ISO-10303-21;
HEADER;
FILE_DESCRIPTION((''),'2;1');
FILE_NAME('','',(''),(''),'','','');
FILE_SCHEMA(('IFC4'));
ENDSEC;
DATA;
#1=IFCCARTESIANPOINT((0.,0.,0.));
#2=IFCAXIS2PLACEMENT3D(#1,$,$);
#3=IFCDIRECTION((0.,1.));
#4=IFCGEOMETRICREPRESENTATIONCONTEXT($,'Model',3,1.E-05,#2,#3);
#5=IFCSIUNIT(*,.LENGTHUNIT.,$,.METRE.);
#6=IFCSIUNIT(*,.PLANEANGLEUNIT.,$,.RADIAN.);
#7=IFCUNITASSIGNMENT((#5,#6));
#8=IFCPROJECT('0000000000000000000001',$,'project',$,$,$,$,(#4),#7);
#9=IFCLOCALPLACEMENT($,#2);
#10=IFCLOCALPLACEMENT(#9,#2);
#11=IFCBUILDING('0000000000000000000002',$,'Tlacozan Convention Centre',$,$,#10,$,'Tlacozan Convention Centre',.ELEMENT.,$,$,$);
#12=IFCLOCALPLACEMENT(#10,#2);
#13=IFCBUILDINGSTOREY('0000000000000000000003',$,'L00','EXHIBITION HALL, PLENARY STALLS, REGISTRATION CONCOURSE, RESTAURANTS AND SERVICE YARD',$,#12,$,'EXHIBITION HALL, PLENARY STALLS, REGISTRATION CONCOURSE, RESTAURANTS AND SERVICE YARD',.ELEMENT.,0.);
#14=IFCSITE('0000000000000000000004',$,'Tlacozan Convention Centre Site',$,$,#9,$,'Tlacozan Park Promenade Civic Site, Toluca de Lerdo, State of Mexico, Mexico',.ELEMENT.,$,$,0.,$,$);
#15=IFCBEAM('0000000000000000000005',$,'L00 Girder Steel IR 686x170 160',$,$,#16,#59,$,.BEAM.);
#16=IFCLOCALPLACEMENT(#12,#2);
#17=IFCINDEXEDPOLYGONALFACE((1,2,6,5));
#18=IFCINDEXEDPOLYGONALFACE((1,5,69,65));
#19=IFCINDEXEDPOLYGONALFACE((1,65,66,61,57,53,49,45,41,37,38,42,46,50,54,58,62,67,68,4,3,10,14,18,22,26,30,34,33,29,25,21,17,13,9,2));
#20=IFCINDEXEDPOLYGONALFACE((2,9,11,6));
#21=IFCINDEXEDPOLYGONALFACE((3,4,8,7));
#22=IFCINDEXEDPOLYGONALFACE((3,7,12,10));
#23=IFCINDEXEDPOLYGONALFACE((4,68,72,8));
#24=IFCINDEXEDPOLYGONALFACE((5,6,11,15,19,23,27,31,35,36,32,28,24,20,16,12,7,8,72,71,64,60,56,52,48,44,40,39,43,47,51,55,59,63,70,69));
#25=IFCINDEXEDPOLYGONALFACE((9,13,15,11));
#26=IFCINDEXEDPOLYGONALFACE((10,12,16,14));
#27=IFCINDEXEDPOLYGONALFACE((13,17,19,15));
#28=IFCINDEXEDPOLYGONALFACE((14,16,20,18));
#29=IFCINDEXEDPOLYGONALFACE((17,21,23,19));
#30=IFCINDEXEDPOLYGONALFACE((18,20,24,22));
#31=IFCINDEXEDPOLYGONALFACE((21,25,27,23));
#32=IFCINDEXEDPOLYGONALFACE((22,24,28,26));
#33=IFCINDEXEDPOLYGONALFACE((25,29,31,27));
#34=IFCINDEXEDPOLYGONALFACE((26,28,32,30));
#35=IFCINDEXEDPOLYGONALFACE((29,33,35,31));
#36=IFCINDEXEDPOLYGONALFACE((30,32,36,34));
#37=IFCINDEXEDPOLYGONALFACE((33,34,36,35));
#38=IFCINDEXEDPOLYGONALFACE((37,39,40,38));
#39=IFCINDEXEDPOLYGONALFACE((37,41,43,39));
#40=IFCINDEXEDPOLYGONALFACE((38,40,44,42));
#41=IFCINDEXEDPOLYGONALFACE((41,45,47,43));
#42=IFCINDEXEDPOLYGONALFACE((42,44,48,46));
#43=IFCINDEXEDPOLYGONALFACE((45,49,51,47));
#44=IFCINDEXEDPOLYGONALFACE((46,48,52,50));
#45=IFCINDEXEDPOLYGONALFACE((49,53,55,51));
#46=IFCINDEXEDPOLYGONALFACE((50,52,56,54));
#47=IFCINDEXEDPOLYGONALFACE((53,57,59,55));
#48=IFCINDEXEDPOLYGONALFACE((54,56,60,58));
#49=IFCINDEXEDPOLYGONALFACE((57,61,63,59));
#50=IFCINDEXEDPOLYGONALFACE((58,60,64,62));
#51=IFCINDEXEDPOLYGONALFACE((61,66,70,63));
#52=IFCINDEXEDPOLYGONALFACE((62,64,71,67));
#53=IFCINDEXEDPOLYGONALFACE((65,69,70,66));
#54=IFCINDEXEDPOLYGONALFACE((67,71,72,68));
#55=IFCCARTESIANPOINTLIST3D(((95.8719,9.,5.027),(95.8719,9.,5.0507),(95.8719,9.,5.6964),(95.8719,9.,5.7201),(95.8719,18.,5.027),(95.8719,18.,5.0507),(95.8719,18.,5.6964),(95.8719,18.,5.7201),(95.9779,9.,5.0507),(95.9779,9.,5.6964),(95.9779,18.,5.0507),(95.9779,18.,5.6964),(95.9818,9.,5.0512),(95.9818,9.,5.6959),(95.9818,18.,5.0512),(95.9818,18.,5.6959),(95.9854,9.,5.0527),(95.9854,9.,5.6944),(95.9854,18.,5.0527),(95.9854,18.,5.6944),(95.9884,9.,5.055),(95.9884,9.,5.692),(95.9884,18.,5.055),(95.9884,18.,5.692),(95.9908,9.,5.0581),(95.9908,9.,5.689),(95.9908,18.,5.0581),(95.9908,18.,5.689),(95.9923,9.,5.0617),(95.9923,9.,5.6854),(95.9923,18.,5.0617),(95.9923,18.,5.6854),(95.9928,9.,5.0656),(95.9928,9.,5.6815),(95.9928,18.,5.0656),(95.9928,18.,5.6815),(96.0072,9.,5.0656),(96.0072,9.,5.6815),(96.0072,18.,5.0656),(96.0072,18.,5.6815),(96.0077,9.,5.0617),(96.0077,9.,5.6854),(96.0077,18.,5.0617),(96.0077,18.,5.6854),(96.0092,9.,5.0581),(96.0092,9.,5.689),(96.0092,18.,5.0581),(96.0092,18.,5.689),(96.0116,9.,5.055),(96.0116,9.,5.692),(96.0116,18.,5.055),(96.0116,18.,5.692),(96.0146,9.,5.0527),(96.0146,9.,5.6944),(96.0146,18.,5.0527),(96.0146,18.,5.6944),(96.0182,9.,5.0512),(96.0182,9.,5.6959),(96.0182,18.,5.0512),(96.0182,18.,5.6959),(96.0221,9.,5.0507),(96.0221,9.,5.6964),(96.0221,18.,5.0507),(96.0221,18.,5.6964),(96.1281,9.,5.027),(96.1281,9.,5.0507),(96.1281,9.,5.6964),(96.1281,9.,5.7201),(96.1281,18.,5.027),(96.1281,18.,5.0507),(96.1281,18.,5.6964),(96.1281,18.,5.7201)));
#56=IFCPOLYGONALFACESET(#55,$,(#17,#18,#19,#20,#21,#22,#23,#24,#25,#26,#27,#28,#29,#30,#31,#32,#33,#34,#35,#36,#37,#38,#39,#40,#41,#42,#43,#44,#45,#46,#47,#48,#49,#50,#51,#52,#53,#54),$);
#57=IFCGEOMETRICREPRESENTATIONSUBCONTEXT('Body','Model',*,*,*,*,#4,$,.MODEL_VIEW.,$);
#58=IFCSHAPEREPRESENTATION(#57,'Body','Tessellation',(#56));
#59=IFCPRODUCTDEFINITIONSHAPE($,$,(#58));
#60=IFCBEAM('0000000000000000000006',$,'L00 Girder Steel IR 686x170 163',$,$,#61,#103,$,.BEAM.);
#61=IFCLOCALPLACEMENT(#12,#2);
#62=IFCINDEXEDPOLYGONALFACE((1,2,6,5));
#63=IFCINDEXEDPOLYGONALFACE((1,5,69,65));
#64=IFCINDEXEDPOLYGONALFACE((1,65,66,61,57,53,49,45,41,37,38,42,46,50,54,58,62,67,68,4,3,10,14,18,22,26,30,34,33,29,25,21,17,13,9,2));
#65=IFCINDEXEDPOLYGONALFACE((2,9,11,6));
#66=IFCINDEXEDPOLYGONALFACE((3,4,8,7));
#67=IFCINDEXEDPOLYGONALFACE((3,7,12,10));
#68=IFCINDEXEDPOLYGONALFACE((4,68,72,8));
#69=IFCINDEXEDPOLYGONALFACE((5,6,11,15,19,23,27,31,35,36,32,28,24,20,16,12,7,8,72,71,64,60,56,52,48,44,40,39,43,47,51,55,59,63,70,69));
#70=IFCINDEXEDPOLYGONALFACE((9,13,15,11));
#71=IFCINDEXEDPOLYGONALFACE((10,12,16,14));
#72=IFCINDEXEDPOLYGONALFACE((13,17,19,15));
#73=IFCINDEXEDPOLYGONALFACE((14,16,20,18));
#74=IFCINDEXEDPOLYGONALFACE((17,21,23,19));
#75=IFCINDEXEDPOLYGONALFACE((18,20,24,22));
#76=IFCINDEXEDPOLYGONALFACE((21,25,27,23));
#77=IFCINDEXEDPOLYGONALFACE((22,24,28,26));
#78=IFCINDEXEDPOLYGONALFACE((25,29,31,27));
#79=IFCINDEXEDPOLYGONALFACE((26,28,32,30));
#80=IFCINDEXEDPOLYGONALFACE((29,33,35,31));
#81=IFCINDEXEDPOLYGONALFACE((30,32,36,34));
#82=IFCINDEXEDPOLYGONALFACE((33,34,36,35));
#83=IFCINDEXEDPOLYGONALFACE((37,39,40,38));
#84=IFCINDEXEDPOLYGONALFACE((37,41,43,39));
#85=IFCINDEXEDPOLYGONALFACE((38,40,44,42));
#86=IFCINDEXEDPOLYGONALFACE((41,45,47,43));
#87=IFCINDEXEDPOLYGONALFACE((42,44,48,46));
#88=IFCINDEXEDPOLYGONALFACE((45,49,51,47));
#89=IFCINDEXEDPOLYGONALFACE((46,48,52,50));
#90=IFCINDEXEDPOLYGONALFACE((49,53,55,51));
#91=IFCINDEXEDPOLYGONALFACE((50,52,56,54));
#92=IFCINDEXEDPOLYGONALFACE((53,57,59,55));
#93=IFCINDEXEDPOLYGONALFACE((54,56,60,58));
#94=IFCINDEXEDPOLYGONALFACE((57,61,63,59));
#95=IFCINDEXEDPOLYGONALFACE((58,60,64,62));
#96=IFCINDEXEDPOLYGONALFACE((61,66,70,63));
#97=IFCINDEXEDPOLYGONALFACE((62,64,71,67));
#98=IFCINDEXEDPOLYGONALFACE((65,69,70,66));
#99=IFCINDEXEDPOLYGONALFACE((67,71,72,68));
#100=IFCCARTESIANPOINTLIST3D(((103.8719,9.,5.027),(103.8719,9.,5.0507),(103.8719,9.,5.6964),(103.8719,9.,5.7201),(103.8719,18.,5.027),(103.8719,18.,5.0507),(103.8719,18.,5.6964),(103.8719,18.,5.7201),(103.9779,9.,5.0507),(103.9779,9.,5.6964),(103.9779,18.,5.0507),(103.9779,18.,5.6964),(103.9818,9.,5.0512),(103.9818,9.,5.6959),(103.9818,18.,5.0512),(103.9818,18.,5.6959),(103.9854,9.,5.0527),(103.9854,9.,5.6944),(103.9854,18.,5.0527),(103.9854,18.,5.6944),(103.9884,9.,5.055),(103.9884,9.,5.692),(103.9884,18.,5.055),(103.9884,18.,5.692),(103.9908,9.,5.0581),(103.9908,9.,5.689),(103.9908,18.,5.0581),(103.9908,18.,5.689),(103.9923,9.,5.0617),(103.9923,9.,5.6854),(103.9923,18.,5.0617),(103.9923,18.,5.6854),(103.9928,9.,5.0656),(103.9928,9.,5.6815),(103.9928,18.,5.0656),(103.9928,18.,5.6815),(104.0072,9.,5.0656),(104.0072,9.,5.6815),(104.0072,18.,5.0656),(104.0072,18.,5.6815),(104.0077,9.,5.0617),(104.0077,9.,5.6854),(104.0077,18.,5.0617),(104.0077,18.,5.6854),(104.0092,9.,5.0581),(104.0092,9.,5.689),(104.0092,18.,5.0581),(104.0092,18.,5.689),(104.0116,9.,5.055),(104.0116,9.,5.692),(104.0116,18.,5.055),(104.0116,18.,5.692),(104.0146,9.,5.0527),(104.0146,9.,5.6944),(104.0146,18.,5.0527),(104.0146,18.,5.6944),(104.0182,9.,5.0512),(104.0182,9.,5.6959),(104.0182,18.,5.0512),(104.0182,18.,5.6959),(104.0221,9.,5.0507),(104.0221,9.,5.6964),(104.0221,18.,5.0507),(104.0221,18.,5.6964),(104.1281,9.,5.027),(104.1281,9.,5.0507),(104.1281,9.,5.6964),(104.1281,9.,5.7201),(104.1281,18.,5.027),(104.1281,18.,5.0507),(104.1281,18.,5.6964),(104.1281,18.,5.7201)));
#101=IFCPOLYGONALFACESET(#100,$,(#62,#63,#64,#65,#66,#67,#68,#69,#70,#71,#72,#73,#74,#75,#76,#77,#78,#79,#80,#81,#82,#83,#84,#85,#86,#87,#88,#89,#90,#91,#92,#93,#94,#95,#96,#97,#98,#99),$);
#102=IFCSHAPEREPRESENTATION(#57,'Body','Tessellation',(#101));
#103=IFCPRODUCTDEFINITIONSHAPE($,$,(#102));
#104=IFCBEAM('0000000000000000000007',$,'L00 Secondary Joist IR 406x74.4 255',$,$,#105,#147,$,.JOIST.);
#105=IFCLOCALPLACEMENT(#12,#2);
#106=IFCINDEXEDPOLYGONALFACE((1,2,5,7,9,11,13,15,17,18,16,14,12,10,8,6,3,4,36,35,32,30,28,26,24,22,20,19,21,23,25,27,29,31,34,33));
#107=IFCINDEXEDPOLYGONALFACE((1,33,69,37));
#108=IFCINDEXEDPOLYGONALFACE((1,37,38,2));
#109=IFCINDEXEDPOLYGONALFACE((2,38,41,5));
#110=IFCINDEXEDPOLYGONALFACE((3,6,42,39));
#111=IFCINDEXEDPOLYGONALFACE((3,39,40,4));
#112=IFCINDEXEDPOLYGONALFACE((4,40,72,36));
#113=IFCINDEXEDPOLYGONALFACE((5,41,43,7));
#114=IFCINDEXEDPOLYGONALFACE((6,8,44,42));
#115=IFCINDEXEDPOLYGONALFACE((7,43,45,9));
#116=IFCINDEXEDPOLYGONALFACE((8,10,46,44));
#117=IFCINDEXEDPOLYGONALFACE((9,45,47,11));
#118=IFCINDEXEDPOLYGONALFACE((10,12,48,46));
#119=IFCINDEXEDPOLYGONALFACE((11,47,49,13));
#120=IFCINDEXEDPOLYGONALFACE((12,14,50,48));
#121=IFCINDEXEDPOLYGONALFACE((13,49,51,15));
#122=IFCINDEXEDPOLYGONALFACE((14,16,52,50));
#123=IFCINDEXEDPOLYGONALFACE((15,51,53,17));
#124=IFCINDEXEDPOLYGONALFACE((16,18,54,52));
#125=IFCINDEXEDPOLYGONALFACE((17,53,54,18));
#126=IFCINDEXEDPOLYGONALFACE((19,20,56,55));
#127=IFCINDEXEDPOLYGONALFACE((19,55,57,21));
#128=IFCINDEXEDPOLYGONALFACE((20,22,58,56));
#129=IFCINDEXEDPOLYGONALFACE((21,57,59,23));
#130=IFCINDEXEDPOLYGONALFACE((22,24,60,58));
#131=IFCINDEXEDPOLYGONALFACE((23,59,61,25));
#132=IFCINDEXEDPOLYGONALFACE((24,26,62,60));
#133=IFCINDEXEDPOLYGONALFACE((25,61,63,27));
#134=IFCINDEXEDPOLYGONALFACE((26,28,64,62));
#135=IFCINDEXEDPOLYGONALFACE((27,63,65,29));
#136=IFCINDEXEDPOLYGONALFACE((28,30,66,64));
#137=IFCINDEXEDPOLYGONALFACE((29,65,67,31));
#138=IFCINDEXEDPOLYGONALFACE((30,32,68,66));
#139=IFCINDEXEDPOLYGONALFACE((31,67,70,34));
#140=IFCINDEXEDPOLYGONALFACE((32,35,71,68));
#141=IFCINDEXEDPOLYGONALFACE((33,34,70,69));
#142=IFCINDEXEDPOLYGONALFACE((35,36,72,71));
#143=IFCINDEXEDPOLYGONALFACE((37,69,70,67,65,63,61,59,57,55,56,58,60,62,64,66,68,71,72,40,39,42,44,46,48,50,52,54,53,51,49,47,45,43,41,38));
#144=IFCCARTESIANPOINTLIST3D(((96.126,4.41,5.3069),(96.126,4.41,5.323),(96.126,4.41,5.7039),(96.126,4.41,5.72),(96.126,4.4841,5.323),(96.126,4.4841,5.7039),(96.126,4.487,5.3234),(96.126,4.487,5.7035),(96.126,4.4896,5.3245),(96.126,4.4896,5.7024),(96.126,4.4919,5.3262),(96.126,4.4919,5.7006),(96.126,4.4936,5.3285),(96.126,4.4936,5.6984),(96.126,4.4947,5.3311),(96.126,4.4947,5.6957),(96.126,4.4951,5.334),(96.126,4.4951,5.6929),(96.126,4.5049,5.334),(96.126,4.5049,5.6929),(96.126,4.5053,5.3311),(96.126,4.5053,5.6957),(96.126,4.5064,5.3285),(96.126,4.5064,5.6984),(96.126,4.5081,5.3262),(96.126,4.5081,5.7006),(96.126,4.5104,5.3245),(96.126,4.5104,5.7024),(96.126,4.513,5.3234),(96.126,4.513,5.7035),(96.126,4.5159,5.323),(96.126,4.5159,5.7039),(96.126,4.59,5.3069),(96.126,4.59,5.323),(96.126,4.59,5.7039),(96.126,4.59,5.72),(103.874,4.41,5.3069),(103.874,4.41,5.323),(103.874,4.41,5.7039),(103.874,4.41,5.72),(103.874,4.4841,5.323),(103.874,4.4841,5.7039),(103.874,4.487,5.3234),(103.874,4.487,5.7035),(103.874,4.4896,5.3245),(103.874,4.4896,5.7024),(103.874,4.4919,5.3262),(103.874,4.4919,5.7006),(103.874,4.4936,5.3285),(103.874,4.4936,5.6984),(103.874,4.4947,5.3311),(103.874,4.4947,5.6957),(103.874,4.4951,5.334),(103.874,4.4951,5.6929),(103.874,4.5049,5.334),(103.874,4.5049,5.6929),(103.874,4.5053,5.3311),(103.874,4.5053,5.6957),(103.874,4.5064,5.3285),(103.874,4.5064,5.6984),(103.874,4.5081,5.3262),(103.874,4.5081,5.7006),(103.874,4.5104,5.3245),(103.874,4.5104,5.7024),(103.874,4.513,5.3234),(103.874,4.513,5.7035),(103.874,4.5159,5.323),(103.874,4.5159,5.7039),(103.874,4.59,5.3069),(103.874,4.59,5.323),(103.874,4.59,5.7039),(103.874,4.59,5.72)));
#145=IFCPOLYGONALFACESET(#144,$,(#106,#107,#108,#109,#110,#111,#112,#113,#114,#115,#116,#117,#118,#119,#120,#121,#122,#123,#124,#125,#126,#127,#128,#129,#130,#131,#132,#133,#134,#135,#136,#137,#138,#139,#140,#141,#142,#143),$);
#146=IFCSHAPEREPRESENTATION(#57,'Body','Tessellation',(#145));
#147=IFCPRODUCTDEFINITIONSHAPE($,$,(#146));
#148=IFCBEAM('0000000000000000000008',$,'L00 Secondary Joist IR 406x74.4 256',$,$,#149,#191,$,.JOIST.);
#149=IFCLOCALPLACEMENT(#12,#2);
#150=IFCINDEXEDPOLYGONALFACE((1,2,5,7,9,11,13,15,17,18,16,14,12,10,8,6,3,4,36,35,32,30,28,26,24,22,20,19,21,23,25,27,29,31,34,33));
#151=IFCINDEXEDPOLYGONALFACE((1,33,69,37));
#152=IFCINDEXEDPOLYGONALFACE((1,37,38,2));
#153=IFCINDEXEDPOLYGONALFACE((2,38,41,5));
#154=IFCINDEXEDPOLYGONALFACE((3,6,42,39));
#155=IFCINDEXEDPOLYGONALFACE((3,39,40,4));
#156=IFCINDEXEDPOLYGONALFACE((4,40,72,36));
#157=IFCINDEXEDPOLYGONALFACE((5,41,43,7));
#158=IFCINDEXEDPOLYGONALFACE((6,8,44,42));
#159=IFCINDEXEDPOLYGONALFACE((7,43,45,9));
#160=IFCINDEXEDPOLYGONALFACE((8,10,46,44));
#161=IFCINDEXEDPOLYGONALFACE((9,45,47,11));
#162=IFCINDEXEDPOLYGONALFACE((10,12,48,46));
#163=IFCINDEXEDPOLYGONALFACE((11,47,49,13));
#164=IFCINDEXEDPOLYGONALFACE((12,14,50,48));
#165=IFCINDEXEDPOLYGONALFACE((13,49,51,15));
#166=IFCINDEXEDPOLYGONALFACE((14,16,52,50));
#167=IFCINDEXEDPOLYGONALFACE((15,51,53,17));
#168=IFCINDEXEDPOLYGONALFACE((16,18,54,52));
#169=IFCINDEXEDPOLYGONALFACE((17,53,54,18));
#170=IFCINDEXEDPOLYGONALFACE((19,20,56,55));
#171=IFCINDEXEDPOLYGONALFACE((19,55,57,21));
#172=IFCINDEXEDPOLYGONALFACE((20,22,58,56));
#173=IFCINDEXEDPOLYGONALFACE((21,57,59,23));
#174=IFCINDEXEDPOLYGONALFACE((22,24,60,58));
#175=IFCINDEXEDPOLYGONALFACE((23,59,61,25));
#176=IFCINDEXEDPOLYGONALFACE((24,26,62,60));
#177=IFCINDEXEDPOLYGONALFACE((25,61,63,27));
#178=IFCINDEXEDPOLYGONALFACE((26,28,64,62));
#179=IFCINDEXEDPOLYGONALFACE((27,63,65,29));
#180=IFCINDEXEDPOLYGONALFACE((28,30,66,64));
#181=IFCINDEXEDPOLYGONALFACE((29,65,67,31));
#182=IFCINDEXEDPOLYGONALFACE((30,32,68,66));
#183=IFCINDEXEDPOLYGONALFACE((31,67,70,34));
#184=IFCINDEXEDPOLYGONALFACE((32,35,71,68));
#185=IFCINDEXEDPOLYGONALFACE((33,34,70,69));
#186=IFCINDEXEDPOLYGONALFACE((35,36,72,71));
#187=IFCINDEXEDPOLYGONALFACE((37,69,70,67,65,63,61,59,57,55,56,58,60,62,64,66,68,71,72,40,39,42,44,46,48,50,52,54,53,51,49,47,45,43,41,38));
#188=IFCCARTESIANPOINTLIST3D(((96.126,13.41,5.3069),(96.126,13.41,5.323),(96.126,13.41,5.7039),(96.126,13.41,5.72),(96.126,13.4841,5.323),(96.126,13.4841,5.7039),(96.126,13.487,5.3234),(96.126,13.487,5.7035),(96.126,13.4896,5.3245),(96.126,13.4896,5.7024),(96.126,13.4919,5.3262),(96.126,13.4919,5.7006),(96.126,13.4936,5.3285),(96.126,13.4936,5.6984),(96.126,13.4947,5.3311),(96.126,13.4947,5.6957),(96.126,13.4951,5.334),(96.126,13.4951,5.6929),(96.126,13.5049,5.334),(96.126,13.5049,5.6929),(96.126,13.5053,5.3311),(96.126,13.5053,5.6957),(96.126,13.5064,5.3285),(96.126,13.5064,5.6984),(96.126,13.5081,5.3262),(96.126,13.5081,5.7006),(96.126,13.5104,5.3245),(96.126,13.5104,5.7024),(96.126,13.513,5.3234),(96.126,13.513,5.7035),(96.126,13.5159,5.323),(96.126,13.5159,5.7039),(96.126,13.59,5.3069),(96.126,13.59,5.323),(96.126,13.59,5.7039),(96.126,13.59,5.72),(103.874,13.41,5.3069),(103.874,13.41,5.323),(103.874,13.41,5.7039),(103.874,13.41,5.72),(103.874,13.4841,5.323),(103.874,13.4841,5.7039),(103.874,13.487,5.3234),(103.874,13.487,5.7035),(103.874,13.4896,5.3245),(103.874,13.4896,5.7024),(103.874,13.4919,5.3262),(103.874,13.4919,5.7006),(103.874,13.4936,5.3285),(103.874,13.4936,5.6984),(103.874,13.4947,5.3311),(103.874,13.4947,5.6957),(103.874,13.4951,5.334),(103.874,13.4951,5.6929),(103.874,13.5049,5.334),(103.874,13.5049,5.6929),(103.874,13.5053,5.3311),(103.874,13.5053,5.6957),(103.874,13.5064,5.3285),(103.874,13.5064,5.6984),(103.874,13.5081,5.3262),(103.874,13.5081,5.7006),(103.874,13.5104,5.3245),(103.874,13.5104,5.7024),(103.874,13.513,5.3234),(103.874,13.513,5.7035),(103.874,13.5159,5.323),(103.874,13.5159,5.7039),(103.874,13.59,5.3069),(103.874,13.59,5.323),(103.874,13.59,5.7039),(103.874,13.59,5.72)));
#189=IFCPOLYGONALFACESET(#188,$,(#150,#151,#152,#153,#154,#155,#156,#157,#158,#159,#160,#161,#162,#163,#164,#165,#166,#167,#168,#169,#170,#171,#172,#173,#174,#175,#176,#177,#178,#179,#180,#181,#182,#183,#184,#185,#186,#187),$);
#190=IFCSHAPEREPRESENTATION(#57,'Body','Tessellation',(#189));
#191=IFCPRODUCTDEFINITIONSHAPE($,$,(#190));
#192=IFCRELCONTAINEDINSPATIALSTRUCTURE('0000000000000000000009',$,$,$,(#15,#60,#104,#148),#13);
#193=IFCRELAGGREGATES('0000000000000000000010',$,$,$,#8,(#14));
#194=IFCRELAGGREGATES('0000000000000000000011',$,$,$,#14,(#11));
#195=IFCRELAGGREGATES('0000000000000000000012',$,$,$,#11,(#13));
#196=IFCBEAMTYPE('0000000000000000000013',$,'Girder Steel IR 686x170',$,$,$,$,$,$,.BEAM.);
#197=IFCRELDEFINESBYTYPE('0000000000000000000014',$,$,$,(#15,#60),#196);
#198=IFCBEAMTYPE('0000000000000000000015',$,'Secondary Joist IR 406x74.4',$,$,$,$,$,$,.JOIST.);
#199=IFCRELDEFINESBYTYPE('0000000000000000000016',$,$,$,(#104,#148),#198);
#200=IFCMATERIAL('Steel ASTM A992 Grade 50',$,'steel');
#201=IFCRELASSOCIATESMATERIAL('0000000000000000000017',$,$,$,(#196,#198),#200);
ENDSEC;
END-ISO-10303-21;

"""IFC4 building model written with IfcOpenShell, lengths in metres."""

from ifc_helpers import new_model, si_unit, direction, frame, origin, origin_2d, place, context, subcontext, project, spatial, i_section, extrude, material, material_profile, profile_set, type_object, element, save


model = new_model("IFC4")

# Units and contexts
model_context = context("Model", 3, precision=1e-05, world=origin(), true_north=direction((0.0, 1.0)))
body_context = subcontext(model_context, "Body", "Model", "MODEL_VIEW")
ifc_project = project(units=[si_unit("LENGTHUNIT", "METRE"), si_unit("PLANEANGLEUNIT", "RADIAN")], contexts=[model_context])

# Site, building, storey
site_placement = place(None, origin())
site = spatial("IfcSite", under=ifc_project, at=site_placement, Name="Tlacozan Convention Centre Site", LongName="Tlacozan Park Promenade Civic Site, Toluca de Lerdo, State of Mexico, Mexico", CompositionType="ELEMENT", RefElevation=0.0)
building_placement = place(site_placement, origin())
building = spatial("IfcBuilding", under=site, at=building_placement, Name="Tlacozan Convention Centre", LongName="Tlacozan Convention Centre", CompositionType="ELEMENT")
storey_placement = place(building_placement, origin())
storey = spatial("IfcBuildingStorey", under=building, at=storey_placement, Name="L00", Description="EXHIBITION HALL, PLENARY STALLS, REGISTRATION CONCOURSE, RESTAURANTS AND SERVICE YARD", LongName="EXHIBITION HALL, PLENARY STALLS, REGISTRATION CONCOURSE, RESTAURANTS AND SERVICE YARD", CompositionType="ELEMENT", Elevation=0.0)

# Beams
ifc_material_1 = material(Name="Steel ASTM A992 Grade 50", Category="steel")
ifc_material_profile_1 = material_profile(ifc_material_1, i_section(OverallWidth=0.2561, OverallDepth=0.6931, WebThickness=0.0144, FlangeThickness=0.0237, FilletRadius=0.0149, at=origin_2d()), Name="IR 686x170.0")
ifc_profile_set_1 = profile_set([ifc_material_profile_1], Name="Steel ASTM A992 Grade 50")
beam_type_1 = type_object("IfcBeamType", Name="Girder Steel IR 686x170", PredefinedType="BEAM", material=ifc_profile_set_1)
for number, where, z_axis, x_axis, name in (
    (1, (96.0, 9.0, 5.3735), (0.0, 1.0, 0.0), (-1.0, 0.0, 0.0), "L00 Girder Steel IR 686x170 160"),
    (2, (104.0, 9.0, 5.3735), (0.0, 1.0, 0.0), (-1.0, 0.0, 0.0), "L00 Girder Steel IR 686x170 163"),
):
    element("IfcBeam", number, at=place(storey_placement, frame(where, z_axis=z_axis, x_axis=x_axis)), inside=storey, type_object=beam_type_1, Name=name, PredefinedType="BEAM", context=body_context, shape_type="SweptSolid", body=[
        extrude(i_section(OverallWidth=0.2561, OverallDepth=0.6931, WebThickness=0.0144, FlangeThickness=0.0237, FilletRadius=0.0149, at=origin_2d()), origin(), (0.0, 0.0, 1.0), 9.0),
    ])
ifc_material_profile_2 = material_profile(ifc_material_1, i_section(OverallWidth=0.1799, OverallDepth=0.4131, WebThickness=0.0098, FlangeThickness=0.0161, FilletRadius=0.011, at=origin_2d()), Name="IR 406x74.4")
ifc_profile_set_2 = profile_set([ifc_material_profile_2], Name="Steel ASTM A992 Grade 50")
beam_type_2 = type_object("IfcBeamType", Name="Secondary Joist IR 406x74.4", PredefinedType="JOIST", material=ifc_profile_set_2)
for number, where, z_axis, x_axis, name in (
    (3, (96.126, 4.5, 5.5134), (1.0, 0.0, 0.0), (0.0, 1.0, 0.0), "L00 Secondary Joist IR 406x74.4 255"),
    (4, (96.126, 13.5, 5.5134), (1.0, 0.0, 0.0), (0.0, 1.0, 0.0), "L00 Secondary Joist IR 406x74.4 256"),
):
    element("IfcBeam", number, at=place(storey_placement, frame(where, z_axis=z_axis, x_axis=x_axis)), inside=storey, type_object=beam_type_2, Name=name, PredefinedType="JOIST", context=body_context, shape_type="SweptSolid", body=[
        extrude(i_section(OverallWidth=0.1799, OverallDepth=0.4131, WebThickness=0.0098, FlangeThickness=0.0161, FilletRadius=0.011, at=origin_2d()), origin(), (0.0, 0.0, 1.0), 7.748),
    ])

save(model, "model.ifc")
